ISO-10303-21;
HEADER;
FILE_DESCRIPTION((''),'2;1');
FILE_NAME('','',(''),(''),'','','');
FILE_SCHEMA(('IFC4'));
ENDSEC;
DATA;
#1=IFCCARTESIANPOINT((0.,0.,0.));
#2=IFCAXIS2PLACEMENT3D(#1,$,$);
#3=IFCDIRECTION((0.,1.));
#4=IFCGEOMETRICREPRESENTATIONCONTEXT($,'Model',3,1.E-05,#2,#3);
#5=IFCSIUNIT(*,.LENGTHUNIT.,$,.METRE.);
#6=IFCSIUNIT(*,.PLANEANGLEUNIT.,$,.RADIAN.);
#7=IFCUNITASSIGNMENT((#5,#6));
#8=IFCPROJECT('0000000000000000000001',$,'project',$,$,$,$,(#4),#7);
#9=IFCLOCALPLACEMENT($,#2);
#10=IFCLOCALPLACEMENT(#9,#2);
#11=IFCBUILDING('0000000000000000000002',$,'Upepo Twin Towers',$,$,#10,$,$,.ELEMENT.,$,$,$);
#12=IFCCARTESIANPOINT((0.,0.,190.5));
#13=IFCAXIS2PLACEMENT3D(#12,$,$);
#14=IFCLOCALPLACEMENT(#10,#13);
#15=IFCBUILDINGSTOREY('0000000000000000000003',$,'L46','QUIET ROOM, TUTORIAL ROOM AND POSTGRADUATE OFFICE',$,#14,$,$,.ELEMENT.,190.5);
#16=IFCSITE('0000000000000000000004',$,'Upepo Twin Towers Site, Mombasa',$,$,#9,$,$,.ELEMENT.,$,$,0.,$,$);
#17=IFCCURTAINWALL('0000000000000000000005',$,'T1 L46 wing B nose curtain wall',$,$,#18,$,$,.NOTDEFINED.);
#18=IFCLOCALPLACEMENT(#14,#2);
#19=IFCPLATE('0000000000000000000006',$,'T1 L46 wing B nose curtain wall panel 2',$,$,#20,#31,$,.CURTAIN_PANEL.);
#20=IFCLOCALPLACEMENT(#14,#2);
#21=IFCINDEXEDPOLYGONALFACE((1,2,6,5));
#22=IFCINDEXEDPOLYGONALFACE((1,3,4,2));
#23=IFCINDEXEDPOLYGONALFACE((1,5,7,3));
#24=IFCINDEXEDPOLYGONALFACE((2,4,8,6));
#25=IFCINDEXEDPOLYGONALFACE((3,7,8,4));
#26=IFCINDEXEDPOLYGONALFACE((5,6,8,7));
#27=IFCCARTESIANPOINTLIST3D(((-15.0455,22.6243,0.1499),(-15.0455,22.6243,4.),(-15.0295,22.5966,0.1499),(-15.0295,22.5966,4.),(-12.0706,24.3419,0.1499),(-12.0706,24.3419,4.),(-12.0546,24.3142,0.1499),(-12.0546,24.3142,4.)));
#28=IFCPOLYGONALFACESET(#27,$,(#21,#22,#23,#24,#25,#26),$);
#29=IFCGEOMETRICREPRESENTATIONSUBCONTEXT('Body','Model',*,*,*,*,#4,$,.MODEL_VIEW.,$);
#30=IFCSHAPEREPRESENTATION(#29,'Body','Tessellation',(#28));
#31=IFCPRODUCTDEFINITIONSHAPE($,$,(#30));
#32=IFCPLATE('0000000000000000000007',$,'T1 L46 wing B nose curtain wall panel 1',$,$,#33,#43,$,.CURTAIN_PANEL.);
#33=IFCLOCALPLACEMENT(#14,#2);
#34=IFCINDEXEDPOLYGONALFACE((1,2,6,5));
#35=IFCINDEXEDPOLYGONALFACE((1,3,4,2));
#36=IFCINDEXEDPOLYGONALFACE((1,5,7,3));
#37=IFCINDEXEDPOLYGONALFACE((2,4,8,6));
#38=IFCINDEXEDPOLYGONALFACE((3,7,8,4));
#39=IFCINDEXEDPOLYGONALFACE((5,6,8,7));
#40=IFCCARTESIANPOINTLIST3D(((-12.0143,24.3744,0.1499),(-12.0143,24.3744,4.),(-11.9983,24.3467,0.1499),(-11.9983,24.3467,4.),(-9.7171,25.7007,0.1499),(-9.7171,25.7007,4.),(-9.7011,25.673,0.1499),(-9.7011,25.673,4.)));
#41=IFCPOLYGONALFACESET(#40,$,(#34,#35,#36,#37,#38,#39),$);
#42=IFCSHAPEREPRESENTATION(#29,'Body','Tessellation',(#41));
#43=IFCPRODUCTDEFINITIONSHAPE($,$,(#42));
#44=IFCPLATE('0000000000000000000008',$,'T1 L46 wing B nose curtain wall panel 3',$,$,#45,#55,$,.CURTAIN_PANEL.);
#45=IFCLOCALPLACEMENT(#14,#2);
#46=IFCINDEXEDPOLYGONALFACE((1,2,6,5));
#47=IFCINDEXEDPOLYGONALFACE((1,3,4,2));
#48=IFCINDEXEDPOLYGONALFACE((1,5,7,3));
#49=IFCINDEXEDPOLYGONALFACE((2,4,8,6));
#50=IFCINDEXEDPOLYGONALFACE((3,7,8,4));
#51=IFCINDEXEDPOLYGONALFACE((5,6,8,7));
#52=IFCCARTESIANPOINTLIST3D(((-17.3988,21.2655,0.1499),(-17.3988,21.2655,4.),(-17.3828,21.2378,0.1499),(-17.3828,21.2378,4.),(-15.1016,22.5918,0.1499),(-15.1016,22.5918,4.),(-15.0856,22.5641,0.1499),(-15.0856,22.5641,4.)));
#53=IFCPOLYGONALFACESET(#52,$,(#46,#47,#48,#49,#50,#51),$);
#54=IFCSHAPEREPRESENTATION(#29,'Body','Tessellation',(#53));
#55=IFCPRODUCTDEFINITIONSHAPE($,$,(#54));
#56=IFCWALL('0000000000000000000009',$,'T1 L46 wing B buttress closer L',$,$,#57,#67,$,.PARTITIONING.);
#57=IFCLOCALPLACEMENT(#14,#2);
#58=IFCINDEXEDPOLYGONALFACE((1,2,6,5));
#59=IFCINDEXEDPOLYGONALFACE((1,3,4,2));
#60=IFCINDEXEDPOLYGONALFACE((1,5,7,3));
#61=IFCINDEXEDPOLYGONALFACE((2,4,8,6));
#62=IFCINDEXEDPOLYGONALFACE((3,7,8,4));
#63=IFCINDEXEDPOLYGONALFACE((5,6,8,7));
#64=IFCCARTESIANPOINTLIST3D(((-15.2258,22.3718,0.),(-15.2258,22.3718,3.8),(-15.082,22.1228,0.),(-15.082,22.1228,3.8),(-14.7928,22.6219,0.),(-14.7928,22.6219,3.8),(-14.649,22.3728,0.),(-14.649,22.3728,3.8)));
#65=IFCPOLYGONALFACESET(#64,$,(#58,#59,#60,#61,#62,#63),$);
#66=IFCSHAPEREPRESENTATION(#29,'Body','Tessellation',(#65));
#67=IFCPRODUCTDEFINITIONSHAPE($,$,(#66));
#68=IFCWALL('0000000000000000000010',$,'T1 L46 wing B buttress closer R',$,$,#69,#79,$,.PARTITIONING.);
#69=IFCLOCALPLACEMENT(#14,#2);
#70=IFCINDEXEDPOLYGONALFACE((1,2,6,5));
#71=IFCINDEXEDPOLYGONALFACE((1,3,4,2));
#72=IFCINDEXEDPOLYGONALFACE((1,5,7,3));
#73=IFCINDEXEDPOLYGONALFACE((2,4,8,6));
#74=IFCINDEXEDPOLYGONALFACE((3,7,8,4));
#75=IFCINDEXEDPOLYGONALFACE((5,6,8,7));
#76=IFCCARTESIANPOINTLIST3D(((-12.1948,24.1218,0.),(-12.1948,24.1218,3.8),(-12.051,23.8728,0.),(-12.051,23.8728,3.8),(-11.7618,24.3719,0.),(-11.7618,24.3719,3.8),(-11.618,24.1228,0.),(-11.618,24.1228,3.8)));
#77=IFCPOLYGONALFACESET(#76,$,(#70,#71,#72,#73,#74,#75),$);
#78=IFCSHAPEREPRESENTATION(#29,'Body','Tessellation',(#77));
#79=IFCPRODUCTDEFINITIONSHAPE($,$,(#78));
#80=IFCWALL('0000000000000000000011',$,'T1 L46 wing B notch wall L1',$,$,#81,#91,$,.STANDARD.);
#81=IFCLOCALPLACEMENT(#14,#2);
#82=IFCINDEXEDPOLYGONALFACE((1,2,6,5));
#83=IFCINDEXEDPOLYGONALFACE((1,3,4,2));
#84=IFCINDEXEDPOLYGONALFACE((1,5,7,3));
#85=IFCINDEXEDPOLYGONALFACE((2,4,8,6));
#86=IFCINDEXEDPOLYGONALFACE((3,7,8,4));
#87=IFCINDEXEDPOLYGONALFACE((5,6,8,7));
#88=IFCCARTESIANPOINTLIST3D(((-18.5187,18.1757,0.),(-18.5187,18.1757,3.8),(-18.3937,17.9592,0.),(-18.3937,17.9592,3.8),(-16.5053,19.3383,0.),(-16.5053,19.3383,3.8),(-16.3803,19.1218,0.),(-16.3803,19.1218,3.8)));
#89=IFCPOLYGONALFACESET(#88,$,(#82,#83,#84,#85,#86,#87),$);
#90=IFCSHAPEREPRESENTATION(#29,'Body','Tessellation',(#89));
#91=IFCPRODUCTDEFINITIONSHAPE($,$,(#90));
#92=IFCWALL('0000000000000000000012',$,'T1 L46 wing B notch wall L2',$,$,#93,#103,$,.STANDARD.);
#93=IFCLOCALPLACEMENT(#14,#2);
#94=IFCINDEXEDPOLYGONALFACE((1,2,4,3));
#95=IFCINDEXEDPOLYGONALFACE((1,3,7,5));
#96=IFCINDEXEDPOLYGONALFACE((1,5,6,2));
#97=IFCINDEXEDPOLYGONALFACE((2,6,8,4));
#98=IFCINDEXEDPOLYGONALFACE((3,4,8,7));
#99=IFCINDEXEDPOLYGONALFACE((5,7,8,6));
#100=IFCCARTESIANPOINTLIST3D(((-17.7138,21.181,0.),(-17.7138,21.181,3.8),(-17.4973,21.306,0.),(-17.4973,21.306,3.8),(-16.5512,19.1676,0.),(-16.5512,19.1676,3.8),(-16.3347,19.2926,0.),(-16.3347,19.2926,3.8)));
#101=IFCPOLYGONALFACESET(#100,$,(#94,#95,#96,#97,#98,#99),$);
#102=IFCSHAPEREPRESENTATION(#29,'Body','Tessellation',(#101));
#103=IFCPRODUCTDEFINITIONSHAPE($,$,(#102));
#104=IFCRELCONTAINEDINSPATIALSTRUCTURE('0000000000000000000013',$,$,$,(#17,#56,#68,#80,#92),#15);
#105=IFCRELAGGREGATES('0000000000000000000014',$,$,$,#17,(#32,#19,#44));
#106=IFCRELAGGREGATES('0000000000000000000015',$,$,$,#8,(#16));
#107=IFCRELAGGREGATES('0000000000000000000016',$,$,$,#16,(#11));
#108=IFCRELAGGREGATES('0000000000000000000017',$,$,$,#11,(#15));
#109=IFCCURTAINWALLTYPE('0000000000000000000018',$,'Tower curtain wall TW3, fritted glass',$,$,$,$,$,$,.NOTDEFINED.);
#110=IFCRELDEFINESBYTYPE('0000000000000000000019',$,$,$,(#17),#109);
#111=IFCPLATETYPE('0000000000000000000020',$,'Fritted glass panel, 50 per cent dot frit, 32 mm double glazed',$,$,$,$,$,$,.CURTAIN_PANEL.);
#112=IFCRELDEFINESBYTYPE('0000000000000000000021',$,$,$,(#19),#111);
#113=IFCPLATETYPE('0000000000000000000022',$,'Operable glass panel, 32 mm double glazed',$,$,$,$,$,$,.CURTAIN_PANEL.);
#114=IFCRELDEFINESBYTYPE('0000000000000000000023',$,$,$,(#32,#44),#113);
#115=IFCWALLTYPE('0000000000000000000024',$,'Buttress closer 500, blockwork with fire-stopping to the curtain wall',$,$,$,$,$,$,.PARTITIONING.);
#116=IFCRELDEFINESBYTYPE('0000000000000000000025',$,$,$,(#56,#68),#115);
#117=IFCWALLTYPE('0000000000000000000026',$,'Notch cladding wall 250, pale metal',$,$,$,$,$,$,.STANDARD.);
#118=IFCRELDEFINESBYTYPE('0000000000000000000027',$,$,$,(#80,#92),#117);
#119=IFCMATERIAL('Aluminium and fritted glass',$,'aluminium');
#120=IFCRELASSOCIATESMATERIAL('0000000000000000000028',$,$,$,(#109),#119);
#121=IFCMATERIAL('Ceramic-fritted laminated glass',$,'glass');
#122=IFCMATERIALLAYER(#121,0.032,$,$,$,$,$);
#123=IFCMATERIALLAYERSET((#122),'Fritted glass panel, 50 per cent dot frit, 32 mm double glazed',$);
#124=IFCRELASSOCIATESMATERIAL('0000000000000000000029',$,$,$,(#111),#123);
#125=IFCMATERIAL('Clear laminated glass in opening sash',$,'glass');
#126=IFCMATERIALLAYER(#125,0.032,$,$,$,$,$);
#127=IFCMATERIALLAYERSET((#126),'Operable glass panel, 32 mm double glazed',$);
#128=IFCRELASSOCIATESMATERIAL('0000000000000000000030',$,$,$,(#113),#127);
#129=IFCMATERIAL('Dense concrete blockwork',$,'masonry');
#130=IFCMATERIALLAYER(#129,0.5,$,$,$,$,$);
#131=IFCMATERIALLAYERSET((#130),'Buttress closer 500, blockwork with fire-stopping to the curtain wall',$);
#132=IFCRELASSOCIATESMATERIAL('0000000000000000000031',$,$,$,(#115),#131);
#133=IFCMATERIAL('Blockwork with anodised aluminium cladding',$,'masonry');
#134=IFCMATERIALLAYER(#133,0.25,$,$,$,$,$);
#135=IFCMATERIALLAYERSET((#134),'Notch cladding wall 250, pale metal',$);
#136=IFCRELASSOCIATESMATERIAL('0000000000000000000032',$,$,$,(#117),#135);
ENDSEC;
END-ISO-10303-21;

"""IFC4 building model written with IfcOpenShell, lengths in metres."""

from ifc_helpers import new_model, si_unit, direction, frame, frame_2d, origin, origin_2d, place, context, subcontext, project, spatial, rectangle, extrude, material, layer, layer_set, type_object, element, aggregate, save


model = new_model("IFC4")

# Units and contexts
model_context = context("Model", 3, precision=1e-05, world=origin(), true_north=direction((0.0, 1.0)))
body_context = subcontext(model_context, "Body", "Model", "MODEL_VIEW")
ifc_project = project(units=[si_unit("LENGTHUNIT", "METRE"), si_unit("PLANEANGLEUNIT", "RADIAN")], contexts=[model_context])

# Site, building, storey
site_placement = place(None, origin())
site = spatial("IfcSite", under=ifc_project, at=site_placement, Name="Upepo Twin Towers Site, Mombasa", CompositionType="ELEMENT", RefElevation=0.0)
building_placement = place(site_placement, origin())
building = spatial("IfcBuilding", under=site, at=building_placement, Name="Upepo Twin Towers", CompositionType="ELEMENT")
storey_placement = place(building_placement, frame((0.0, 0.0, 190.5)))
storey = spatial("IfcBuildingStorey", under=building, at=storey_placement, Name="L46", Description="QUIET ROOM, TUTORIAL ROOM AND POSTGRADUATE OFFICE", CompositionType="ELEMENT", Elevation=190.5)

# Shared definitions
ifc_material_1 = material(Name="Aluminium and fritted glass", Category="aluminium")
curtain_wall_type = type_object("IfcCurtainWallType", Name="Tower curtain wall TW3, fritted glass", PredefinedType="NOTDEFINED", material=ifc_material_1)

# Curtain wall
curtain_wall_1_placement = place(storey_placement, origin())
curtain_wall_1 = element("IfcCurtainWall", 1, at=curtain_wall_1_placement, inside=storey, type_object=curtain_wall_type, Name="T1 L46 wing B nose curtain wall", PredefinedType="NOTDEFINED")

# Plates
ifc_material_2 = material(Name="Ceramic-fritted laminated glass", Category="glass")
ifc_layer_1 = layer(ifc_material_2, 0.032)
ifc_layer_set_1 = layer_set([ifc_layer_1], Name="Fritted glass panel, 50 per cent dot frit, 32 mm double glazed")
plate_type_1 = type_object("IfcPlateType", Name="Fritted glass panel, 50 per cent dot frit, 32 mm double glazed", PredefinedType="CURTAIN_PANEL", material=ifc_layer_set_1)
plate_1_placement = place(storey_placement, frame((-13.55, 23.4692, 0.1499), z_axis=(0.0, 0.0, 1.0), x_axis=(-0.866025, -0.5, 0.0)))
plate_1 = element("IfcPlate", 2, at=plate_1_placement, type_object=plate_type_1, Name="T1 L46 wing B nose curtain wall panel 2", PredefinedType="CURTAIN_PANEL", context=body_context, shape_type="SweptSolid", body=[
    extrude(rectangle(XDim=3.4351, YDim=0.032, at=origin_2d()), origin(), (0.0, 0.0, 1.0), 3.8501),
])
ifc_material_3 = material(Name="Clear laminated glass in opening sash", Category="glass")
ifc_layer_2 = layer(ifc_material_3, 0.032)
ifc_layer_set_2 = layer_set([ifc_layer_2], Name="Operable glass panel, 32 mm double glazed")
plate_type_2 = type_object("IfcPlateType", Name="Operable glass panel, 32 mm double glazed", PredefinedType="CURTAIN_PANEL", material=ifc_layer_set_2)
plate_2_placement = place(storey_placement, frame((-10.8577, 25.0237, 0.1499), z_axis=(0.0, 0.0, 1.0), x_axis=(-0.866025, -0.5, 0.0)))
plate_2 = element("IfcPlate", 3, at=plate_2_placement, type_object=plate_type_2, Name="T1 L46 wing B nose curtain wall panel 1", PredefinedType="CURTAIN_PANEL", context=body_context, shape_type="SweptSolid", body=[
    extrude(rectangle(XDim=2.6526, YDim=0.032, at=origin_2d()), origin(), (0.0, 0.0, 1.0), 3.8501),
])
plate_3_placement = place(storey_placement, frame((-16.2422, 21.9148, 0.1499), z_axis=(0.0, 0.0, 1.0), x_axis=(-0.866025, -0.5, 0.0)))
plate_3 = element("IfcPlate", 4, at=plate_3_placement, type_object=plate_type_2, Name="T1 L46 wing B nose curtain wall panel 3", PredefinedType="CURTAIN_PANEL", context=body_context, shape_type="SweptSolid", body=[
    extrude(rectangle(XDim=2.6526, YDim=0.032, at=origin_2d()), origin(), (0.0, 0.0, 1.0), 3.8501),
])
aggregate(curtain_wall_1, [plate_2, plate_1, plate_3])

# Walls
ifc_material_4 = material(Name="Dense concrete blockwork", Category="masonry")
ifc_layer_3 = layer(ifc_material_4, 0.5)
ifc_layer_set_3 = layer_set([ifc_layer_3], Name="Buttress closer 500, blockwork with fire-stopping to the curtain wall")
wall_type_1 = type_object("IfcWallType", Name="Buttress closer 500, blockwork with fire-stopping to the curtain wall", PredefinedType="PARTITIONING", material=ifc_layer_set_3)
for number, where, z_axis, x_axis, name in (
    (5, (-14.8655, 22.2478, 0.0), (0.0, 0.0, 1.0), (-0.500065, 0.865988, 0.0), "T1 L46 wing B buttress closer L"),
    (6, (-11.8345, 23.9978, 0.0), (0.0, 0.0, 1.0), (-0.500065, 0.865988, 0.0), "T1 L46 wing B buttress closer R"),
):
    element("IfcWall", number, at=place(storey_placement, frame(where, z_axis=z_axis, x_axis=x_axis)), inside=storey, type_object=wall_type_1, Name=name, PredefinedType="PARTITIONING", context=body_context, shape_type="SweptSolid", body=[
        extrude(rectangle(XDim=0.2876, YDim=0.5, at=frame_2d((0.1438, 0.0))), origin(), (0.0, 0.0, 1.0), 3.8),
    ])
ifc_material_5 = material(Name="Blockwork with anodised aluminium cladding", Category="masonry")
ifc_layer_4 = layer(ifc_material_5, 0.25)
ifc_layer_set_4 = layer_set([ifc_layer_4], Name="Notch cladding wall 250, pale metal")
wall_type_2 = type_object("IfcWallType", Name="Notch cladding wall 250, pale metal", PredefinedType="STANDARD", material=ifc_layer_set_4)
for number, where, z_axis, x_axis, name in (
    (7, (-18.4563, 18.0674, 0.0), (0.0, 0.0, 1.0), (0.865998, 0.500047, 0.0), "T1 L46 wing B notch wall L1"),
    (8, (-16.4429, 19.23, 0.0), (0.0, 0.0, 1.0), (-0.500047, 0.865998, 0.0), "T1 L46 wing B notch wall L2"),
):
    element("IfcWall", number, at=place(storey_placement, frame(where, z_axis=z_axis, x_axis=x_axis)), inside=storey, type_object=wall_type_2, Name=name, PredefinedType="STANDARD", context=body_context, shape_type="SweptSolid", body=[
        extrude(rectangle(XDim=2.325, YDim=0.25, at=frame_2d((1.1626, 0.0))), origin(), (0.0, 0.0, 1.0), 3.8),
    ])

save(model, "model.ifc")
